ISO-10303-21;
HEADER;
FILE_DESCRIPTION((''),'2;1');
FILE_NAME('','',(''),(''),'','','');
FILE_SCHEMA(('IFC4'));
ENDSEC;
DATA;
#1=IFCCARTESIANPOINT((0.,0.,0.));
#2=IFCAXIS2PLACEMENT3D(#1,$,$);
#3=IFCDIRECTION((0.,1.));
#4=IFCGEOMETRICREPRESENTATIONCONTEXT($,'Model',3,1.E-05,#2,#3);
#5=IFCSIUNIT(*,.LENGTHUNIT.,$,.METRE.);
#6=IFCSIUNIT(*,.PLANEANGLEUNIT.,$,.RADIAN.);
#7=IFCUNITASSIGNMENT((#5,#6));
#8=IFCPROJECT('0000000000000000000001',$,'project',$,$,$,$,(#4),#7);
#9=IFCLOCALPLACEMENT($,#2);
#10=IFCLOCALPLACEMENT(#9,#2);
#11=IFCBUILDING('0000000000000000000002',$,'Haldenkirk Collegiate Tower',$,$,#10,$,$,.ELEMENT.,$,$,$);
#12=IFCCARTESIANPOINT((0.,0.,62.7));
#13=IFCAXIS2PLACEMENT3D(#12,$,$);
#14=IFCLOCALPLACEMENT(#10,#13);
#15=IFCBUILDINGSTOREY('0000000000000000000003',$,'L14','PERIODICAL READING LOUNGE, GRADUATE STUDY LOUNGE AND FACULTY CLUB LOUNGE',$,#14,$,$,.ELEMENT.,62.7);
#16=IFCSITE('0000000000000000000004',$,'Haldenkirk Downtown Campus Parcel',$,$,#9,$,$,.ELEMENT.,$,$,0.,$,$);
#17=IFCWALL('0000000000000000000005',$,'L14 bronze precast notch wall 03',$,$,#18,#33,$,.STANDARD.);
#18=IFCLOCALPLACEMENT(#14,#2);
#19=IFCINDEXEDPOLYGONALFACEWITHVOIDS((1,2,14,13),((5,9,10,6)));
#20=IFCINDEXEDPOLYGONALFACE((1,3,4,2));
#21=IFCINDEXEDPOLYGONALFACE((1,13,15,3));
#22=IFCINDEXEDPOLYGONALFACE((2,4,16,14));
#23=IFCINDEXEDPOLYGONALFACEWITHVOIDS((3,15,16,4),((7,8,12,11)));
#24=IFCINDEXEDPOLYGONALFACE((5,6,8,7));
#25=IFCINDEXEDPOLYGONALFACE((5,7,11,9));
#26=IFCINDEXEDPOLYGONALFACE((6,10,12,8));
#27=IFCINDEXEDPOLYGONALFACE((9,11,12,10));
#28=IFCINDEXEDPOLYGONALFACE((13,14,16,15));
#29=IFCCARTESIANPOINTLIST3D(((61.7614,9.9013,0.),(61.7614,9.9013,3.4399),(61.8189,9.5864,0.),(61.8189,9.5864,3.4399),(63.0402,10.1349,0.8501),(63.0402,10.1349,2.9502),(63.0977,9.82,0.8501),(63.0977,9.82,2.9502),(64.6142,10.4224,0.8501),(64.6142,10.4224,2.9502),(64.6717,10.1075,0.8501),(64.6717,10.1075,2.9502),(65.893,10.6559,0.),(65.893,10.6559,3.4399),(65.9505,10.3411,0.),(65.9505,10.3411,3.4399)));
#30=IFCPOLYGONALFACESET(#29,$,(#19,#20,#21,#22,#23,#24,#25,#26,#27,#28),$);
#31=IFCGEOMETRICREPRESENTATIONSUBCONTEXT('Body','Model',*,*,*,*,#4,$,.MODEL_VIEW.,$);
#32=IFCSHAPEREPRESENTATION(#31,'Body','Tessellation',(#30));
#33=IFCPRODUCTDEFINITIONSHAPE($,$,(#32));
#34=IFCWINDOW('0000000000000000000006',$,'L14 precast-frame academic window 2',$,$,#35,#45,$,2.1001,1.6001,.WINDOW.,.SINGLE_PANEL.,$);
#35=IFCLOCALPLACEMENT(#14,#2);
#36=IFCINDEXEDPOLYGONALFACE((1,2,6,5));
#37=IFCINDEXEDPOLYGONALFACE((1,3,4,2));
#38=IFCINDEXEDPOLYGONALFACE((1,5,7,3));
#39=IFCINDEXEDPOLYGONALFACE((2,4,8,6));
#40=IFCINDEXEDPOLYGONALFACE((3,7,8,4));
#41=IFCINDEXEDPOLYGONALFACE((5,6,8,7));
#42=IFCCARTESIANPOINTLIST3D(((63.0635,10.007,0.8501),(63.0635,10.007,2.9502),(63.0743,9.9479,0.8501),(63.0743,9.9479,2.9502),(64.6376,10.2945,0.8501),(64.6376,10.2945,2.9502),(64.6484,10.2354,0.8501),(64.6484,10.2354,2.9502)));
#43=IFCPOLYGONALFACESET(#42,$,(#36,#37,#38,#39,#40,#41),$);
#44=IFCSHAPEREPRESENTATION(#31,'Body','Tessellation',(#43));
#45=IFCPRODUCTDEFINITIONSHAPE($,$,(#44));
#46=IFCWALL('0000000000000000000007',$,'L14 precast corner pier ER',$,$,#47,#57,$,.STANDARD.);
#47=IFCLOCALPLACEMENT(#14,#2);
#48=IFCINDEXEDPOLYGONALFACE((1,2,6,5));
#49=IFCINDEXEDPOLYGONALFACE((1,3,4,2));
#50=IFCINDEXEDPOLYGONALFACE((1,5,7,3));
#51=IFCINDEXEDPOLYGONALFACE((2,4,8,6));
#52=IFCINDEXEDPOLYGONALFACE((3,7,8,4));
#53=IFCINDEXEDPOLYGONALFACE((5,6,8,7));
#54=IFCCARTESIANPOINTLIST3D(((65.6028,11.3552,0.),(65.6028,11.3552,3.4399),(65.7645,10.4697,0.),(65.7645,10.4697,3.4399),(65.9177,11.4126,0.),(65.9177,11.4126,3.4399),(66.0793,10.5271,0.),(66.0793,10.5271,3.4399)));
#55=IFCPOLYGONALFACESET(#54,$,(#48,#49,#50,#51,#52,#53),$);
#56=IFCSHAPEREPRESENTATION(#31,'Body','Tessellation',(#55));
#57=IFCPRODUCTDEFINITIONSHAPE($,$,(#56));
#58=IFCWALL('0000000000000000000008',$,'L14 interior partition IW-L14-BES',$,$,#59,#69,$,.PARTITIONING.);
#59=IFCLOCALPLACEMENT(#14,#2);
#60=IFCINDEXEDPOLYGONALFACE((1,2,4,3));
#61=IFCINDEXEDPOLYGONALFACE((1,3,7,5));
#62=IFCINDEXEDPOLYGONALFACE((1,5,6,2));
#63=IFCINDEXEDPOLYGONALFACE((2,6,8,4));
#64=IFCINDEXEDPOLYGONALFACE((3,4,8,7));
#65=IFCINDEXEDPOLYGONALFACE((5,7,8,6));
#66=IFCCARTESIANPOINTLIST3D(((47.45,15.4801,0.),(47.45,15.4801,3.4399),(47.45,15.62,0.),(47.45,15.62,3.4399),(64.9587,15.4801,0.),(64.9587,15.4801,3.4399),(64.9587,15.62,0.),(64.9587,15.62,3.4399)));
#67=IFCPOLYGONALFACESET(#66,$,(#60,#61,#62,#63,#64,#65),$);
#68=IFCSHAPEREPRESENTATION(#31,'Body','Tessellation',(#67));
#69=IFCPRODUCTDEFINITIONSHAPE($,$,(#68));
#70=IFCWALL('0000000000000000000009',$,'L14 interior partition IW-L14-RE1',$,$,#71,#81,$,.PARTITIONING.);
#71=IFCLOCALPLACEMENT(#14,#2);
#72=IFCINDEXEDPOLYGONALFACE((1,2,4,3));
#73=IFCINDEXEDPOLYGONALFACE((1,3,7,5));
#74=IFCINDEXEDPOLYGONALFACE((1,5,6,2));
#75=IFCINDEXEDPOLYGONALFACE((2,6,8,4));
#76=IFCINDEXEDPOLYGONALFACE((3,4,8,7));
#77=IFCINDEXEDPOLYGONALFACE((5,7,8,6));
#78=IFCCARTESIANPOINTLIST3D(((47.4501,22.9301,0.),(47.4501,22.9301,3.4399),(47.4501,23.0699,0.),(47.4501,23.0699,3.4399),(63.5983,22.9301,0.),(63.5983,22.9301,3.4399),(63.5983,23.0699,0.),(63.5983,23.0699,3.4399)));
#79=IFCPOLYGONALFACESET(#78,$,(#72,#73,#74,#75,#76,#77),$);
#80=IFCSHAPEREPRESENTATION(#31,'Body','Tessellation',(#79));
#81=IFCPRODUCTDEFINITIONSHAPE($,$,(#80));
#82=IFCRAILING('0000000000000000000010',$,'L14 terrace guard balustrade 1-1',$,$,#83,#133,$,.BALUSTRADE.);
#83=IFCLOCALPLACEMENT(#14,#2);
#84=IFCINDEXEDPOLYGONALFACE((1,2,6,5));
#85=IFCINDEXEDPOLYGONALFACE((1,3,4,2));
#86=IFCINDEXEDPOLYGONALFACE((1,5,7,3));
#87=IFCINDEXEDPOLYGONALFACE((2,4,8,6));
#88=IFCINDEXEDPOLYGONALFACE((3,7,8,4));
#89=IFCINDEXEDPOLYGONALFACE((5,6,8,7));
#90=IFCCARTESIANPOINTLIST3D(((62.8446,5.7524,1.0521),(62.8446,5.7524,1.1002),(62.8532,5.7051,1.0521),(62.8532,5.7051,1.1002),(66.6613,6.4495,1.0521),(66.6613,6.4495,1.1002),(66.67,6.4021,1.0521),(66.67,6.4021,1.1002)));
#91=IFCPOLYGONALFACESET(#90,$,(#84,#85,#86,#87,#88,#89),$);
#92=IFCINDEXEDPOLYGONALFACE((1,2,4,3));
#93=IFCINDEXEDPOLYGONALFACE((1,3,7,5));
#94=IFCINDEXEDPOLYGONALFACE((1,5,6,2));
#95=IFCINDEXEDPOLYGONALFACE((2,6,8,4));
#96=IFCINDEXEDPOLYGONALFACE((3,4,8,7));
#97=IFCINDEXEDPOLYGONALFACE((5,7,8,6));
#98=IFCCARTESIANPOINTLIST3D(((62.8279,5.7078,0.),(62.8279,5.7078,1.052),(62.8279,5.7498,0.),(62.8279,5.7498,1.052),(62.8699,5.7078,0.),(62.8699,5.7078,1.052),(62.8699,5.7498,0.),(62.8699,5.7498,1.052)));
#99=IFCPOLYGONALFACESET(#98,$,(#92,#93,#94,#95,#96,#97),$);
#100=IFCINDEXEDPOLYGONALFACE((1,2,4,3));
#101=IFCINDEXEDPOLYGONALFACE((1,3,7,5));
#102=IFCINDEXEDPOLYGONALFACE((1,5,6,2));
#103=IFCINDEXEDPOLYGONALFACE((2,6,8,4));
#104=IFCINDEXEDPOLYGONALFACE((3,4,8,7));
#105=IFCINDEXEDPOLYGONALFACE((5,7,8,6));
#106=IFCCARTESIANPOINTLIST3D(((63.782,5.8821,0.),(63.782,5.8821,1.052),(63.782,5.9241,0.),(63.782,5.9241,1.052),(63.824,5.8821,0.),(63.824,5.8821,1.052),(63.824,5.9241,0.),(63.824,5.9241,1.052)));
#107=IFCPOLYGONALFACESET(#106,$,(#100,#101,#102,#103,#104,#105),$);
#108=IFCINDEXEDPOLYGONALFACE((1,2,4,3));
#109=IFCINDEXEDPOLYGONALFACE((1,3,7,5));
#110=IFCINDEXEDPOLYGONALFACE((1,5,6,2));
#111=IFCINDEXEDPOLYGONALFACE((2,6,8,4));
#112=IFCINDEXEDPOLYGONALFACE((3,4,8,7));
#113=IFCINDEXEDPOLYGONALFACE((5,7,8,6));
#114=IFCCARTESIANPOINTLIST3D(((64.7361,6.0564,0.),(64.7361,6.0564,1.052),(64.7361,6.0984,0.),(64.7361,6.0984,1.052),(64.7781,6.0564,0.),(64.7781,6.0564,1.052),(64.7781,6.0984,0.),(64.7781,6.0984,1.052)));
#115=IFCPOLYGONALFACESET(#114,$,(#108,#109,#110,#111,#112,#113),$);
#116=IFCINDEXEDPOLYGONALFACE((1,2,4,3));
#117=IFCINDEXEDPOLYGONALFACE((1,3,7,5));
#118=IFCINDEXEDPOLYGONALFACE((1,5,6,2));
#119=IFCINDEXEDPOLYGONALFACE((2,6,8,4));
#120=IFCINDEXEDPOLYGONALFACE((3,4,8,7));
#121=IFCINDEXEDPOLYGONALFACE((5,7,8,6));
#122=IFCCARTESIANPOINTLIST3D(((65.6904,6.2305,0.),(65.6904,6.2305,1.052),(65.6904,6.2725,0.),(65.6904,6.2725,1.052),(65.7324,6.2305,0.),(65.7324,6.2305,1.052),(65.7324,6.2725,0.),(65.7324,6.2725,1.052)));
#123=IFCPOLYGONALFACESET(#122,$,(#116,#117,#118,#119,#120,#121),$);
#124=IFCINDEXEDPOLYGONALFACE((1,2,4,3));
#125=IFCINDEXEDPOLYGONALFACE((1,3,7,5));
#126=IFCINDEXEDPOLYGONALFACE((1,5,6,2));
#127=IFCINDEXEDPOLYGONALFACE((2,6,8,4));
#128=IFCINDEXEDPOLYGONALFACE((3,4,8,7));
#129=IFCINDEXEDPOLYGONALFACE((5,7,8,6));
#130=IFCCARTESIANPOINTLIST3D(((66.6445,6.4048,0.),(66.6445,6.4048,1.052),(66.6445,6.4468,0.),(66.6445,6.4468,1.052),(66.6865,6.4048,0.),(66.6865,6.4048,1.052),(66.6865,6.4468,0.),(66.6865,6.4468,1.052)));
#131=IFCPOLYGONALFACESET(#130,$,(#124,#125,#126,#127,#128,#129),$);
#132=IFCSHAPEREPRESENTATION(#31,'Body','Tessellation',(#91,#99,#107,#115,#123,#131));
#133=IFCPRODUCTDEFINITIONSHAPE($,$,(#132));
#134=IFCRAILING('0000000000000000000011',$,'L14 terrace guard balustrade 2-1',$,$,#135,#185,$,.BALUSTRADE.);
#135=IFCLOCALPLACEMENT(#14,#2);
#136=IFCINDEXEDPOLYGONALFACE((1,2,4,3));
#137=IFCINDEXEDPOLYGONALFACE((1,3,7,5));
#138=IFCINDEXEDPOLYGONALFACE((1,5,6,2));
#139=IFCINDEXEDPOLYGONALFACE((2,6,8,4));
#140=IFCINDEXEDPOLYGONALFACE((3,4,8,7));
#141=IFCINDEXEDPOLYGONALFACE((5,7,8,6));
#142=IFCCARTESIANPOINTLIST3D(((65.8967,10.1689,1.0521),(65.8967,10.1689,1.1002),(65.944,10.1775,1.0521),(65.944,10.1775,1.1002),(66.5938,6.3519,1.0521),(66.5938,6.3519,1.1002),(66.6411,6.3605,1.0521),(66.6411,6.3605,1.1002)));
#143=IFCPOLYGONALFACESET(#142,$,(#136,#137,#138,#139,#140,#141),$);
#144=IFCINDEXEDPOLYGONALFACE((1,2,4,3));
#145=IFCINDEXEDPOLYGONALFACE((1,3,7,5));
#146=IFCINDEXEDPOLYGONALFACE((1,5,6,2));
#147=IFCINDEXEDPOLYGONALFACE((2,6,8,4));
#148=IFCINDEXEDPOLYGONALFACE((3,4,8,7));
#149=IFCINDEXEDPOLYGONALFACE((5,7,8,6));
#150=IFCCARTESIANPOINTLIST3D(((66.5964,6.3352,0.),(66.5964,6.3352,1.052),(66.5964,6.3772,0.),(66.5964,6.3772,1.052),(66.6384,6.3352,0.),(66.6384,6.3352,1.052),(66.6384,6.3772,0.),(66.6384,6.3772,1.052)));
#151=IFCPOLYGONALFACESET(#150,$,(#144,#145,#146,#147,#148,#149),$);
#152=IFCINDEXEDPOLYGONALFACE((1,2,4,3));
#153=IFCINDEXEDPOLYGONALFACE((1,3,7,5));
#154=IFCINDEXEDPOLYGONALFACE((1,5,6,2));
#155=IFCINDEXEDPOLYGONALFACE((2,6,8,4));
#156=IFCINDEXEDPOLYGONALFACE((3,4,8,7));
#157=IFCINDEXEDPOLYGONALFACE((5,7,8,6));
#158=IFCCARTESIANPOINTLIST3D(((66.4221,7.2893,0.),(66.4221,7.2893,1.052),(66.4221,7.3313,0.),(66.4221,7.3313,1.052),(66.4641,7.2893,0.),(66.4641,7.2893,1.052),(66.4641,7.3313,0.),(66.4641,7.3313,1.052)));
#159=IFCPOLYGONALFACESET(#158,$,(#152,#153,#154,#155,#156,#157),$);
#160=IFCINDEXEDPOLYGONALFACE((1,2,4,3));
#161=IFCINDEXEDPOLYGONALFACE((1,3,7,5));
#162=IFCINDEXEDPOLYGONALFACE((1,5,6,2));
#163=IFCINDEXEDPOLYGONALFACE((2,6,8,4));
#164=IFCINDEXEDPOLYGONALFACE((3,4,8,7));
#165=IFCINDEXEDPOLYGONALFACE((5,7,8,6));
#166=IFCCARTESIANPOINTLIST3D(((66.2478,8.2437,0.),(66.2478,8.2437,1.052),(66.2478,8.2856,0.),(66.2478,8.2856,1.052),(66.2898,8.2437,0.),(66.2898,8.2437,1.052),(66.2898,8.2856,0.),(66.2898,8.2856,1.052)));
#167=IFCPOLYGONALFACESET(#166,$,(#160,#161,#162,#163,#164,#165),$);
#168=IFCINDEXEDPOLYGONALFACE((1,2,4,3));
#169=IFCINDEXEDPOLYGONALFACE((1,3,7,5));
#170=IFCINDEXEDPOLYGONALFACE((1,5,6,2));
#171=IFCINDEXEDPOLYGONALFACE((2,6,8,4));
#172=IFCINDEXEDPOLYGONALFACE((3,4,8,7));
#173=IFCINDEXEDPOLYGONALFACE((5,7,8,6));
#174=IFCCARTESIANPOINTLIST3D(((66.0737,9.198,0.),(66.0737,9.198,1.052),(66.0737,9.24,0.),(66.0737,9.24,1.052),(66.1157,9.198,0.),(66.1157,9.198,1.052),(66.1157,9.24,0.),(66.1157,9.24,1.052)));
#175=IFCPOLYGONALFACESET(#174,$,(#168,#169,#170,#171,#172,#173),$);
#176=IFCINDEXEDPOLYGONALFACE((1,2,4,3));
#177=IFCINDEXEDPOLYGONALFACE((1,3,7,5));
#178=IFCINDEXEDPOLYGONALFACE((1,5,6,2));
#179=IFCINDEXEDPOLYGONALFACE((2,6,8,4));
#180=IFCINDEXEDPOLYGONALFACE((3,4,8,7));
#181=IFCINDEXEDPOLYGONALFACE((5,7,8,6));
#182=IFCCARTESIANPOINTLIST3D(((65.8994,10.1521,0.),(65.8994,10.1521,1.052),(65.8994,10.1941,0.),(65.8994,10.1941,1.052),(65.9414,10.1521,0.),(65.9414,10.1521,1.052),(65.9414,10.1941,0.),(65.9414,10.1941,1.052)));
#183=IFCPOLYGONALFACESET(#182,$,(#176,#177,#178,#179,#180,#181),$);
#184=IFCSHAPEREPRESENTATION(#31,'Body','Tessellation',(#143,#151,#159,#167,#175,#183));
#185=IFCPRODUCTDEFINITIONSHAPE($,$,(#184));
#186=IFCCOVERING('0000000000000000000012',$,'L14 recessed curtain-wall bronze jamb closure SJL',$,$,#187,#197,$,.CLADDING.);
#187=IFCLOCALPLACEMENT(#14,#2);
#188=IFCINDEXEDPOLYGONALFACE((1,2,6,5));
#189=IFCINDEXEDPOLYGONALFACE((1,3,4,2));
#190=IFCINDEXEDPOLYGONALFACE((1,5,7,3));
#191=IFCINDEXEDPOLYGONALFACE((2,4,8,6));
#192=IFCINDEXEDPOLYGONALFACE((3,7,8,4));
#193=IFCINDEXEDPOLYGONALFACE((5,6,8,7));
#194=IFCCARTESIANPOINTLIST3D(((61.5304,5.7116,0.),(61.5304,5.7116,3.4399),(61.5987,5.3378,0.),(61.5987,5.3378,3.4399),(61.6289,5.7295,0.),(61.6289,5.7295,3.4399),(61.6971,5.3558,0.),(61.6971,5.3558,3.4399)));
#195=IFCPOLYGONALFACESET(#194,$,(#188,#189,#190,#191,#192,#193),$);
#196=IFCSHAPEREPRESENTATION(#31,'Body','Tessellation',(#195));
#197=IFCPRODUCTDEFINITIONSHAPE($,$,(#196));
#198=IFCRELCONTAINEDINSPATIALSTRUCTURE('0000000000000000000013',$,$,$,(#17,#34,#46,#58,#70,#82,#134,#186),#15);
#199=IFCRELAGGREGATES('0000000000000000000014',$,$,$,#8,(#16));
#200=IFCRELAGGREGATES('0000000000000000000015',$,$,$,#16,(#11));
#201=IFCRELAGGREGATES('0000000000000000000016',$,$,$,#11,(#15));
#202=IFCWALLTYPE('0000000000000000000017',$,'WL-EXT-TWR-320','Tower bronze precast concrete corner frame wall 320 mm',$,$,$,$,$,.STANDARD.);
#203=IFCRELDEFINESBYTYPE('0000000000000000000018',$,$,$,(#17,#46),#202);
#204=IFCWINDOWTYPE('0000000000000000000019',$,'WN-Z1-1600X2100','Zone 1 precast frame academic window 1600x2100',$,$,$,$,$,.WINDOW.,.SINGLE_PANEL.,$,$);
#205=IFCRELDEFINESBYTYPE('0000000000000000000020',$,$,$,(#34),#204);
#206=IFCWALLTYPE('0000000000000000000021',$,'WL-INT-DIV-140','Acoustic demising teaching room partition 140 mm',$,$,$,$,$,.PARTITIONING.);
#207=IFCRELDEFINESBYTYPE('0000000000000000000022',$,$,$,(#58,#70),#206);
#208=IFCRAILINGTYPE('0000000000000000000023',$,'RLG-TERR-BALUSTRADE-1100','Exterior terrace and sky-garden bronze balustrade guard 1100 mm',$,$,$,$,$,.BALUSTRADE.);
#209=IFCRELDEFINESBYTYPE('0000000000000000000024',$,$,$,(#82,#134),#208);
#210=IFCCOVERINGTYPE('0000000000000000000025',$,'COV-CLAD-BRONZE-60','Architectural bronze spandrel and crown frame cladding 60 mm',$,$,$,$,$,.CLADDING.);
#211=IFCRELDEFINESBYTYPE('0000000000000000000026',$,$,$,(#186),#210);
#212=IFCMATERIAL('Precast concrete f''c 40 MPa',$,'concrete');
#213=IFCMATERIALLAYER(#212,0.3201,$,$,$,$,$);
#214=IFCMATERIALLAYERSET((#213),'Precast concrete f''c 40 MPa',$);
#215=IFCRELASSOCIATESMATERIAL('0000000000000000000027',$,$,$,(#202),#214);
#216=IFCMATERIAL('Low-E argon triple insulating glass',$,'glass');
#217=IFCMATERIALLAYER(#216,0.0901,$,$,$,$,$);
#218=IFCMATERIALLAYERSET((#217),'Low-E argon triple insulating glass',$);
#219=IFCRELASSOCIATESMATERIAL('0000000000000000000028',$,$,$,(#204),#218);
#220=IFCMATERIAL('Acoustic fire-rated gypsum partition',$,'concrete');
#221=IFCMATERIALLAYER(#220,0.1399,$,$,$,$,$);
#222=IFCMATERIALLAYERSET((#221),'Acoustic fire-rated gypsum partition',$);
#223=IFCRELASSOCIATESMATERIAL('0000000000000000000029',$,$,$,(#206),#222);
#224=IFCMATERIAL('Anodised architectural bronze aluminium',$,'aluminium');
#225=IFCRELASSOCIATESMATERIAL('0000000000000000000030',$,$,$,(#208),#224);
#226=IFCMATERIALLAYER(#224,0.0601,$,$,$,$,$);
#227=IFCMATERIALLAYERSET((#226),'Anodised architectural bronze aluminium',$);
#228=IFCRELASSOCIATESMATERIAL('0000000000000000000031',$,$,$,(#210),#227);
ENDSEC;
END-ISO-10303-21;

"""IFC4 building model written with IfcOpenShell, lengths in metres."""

from ifc_helpers import new_model, si_unit, direction, frame, frame_2d, origin, origin_2d, place, context, subcontext, project, spatial, rectangle, extrude, source, transform, mapped, material, layer, layer_set, type_object, element, fill, save


model = new_model("IFC4")

# Units and contexts
model_context = context("Model", 3, precision=1e-05, world=origin(), true_north=direction((0.0, 1.0)))
body_context = subcontext(model_context, "Body", "Model", "MODEL_VIEW")
ifc_project = project(units=[si_unit("LENGTHUNIT", "METRE"), si_unit("PLANEANGLEUNIT", "RADIAN")], contexts=[model_context])

# Site, building, storey
site_placement = place(None, origin())
site = spatial("IfcSite", under=ifc_project, at=site_placement, Name="Haldenkirk Downtown Campus Parcel", CompositionType="ELEMENT", RefElevation=0.0)
building_placement = place(site_placement, origin())
building = spatial("IfcBuilding", under=site, at=building_placement, Name="Haldenkirk Collegiate Tower", CompositionType="ELEMENT")
storey_placement = place(building_placement, frame((0.0, 0.0, 62.7)))
storey = spatial("IfcBuildingStorey", under=building, at=storey_placement, Name="L14", Description="PERIODICAL READING LOUNGE, GRADUATE STUDY LOUNGE AND FACULTY CLUB LOUNGE", CompositionType="ELEMENT", Elevation=62.7)

# Shared definitions
ifc_material_1 = material(Name="Anodised architectural bronze aluminium", Category="aluminium")

# Shared definitions
ifc_material_2 = material(Name="Low-E argon triple insulating glass", Category="glass")

# Shared definitions
ifc_material_3 = material(Name="Precast concrete f'c 40 MPa", Category="concrete")
ifc_layer_1 = layer(ifc_material_3, 0.3201)
ifc_layer_set_1 = layer_set([ifc_layer_1], Name="Precast concrete f'c 40 MPa")
wall_type_1 = type_object("IfcWallType", Name="WL-EXT-TWR-320", Description="Tower bronze precast concrete corner frame wall 320 mm", PredefinedType="STANDARD", material=ifc_layer_set_1)

# Wall, opening, window
wall_1_placement = place(storey_placement, frame((65.9219, 10.4985, 0.0), z_axis=(0.0, 0.0, 1.0), x_axis=(-0.983725, -0.179678, 0.0)))
wall_1 = element("IfcWall", 1, at=wall_1_placement, inside=storey, type_object=wall_type_1, Name="L14 bronze precast notch wall 03", PredefinedType="STANDARD", context=body_context, shape_type="SweptSolid", body=[
    extrude(rectangle(XDim=4.2, YDim=0.3201, at=frame_2d((2.1001, 0.0))), origin(), (0.0, 0.0, 1.0), 3.4399),
])
opening_1_placement = place(wall_1_placement, frame((1.3, 0.0, 0.8501)))
opening_1 = element("IfcOpeningElement", 2, at=opening_1_placement, cuts=wall_1, PredefinedType="OPENING", context=body_context, shape_type="SweptSolid", body=[
    extrude(rectangle(XDim=1.6001, YDim=2.1001, at=frame_2d((0.8, 1.05))), frame((0.0, 0.1699, 0.0), z_axis=(0.0, -1.0, 0.0), x_axis=(1.0, 0.0, 0.0)), (0.0, 0.0, 1.0), 0.3401),
])
ifc_layer_2 = layer(ifc_material_2, 0.0901)
ifc_layer_set_2 = layer_set([ifc_layer_2], Name="Low-E argon triple insulating glass")
window_type = type_object("IfcWindowType", Name="WN-Z1-1600X2100", Description="Zone 1 precast frame academic window 1600x2100", PartitioningType="SINGLE_PANEL", PredefinedType="WINDOW", material=ifc_layer_set_2)
window_placement = place(opening_1_placement, origin())
window = element("IfcWindow", 3, at=window_placement, inside=storey, type_object=window_type, Name="L14 precast-frame academic window 2", OverallHeight=2.1001, OverallWidth=1.6001, PartitioningType="SINGLE_PANEL", PredefinedType="WINDOW", context=body_context, shape_type="SweptSolid", body=[
    extrude(rectangle(XDim=1.6001, YDim=2.1001, at=frame_2d((0.8, 1.05))), frame((0.0, 0.03, 0.0), z_axis=(0.0, -1.0, 0.0), x_axis=(1.0, 0.0, 0.0)), (0.0, 0.0, 1.0), 0.0601),
])
fill(opening_1, window)

# Walls
wall_2_placement = place(storey_placement, frame((65.7603, 11.384, 0.0), z_axis=(0.0, 0.0, 1.0), x_axis=(0.179554, -0.983748, 0.0)))
element("IfcWall", 4, at=wall_2_placement, inside=storey, type_object=wall_type_1, Name="L14 precast corner pier ER", PredefinedType="STANDARD", context=body_context, shape_type="SweptSolid", body=[
    extrude(rectangle(XDim=0.9001, YDim=0.3201, at=frame_2d((0.4502, 0.0))), origin(), (0.0, 0.0, 1.0), 3.4399),
])
ifc_material_4 = material(Name="Acoustic fire-rated gypsum partition", Category="concrete")
ifc_layer_3 = layer(ifc_material_4, 0.1399)
ifc_layer_set_3 = layer_set([ifc_layer_3], Name="Acoustic fire-rated gypsum partition")
wall_type_2 = type_object("IfcWallType", Name="WL-INT-DIV-140", Description="Acoustic demising teaching room partition 140 mm", PredefinedType="PARTITIONING", material=ifc_layer_set_3)
wall_3_placement = place(storey_placement, frame((47.45, 15.55, 0.0), z_axis=(0.0, 0.0, 1.0), x_axis=(1.0, 0.0, 0.0)))
element("IfcWall", 5, at=wall_3_placement, inside=storey, type_object=wall_type_2, Name="L14 interior partition IW-L14-BES", PredefinedType="PARTITIONING", context=body_context, shape_type="SweptSolid", body=[
    extrude(rectangle(XDim=17.5088, YDim=0.1399, at=frame_2d((8.7544, 0.0))), origin(), (0.0, 0.0, 1.0), 3.4399),
])
wall_4_placement = place(storey_placement, frame((47.45, 23.0, 0.0), z_axis=(0.0, 0.0, 1.0), x_axis=(1.0, 0.0, 0.0)))
element("IfcWall", 6, at=wall_4_placement, inside=storey, type_object=wall_type_2, Name="L14 interior partition IW-L14-RE1", PredefinedType="PARTITIONING", context=body_context, shape_type="SweptSolid", body=[
    extrude(rectangle(XDim=16.1482, YDim=0.1399, at=frame_2d((8.0742, 0.0))), origin(), (0.0, 0.0, 1.0), 3.4399),
])

# Railings
railing_type = type_object("IfcRailingType", Name="RLG-TERR-BALUSTRADE-1100", Description="Exterior terrace and sky-garden bronze balustrade guard 1100 mm", PredefinedType="BALUSTRADE", material=ifc_material_1)
railing_1_placement = place(storey_placement, frame((62.8489, 5.7288, 0.0)))
element("IfcRailing", 7, at=railing_1_placement, inside=storey, type_object=railing_type, Name="L14 terrace guard balustrade 1-1", PredefinedType="BALUSTRADE", context=body_context, shape_type="SweptSolid", body=[
    extrude(rectangle(XDim=0.0481, YDim=0.0481, at=origin_2d()), frame((0.0, 0.0, 1.0762), z_axis=(0.98373, 0.179655, 0.0), x_axis=(-0.179655, 0.98373, 0.0)), (0.0, 0.0, 1.0), 3.8799),
    extrude(rectangle(XDim=0.042, YDim=0.042, at=origin_2d()), origin(), (0.0, 0.0, 1.0), 1.052),
    extrude(rectangle(XDim=0.042, YDim=0.042, at=origin_2d()), frame((0.9541, 0.1743, 0.0)), (0.0, 0.0, 1.0), 1.052),
    extrude(rectangle(XDim=0.042, YDim=0.042, at=origin_2d()), frame((1.9082, 0.3486, 0.0)), (0.0, 0.0, 1.0), 1.052),
    extrude(rectangle(XDim=0.042, YDim=0.042, at=origin_2d()), frame((2.8625, 0.5227, 0.0)), (0.0, 0.0, 1.0), 1.052),
    extrude(rectangle(XDim=0.042, YDim=0.042, at=origin_2d()), frame((3.8167, 0.697, 0.0)), (0.0, 0.0, 1.0), 1.052),
])
railing_2_placement = place(storey_placement, frame((66.6174, 6.3562, 0.0)))
element("IfcRailing", 8, at=railing_2_placement, inside=storey, type_object=railing_type, Name="L14 terrace guard balustrade 2-1", PredefinedType="BALUSTRADE", context=body_context, shape_type="SweptSolid", body=[
    extrude(rectangle(XDim=0.0481, YDim=0.0481, at=origin_2d()), frame((0.0, 0.0, 1.0762), z_axis=(-0.179644, 0.983732, 0.0), x_axis=(-0.983732, -0.179644, 0.0)), (0.0, 0.0, 1.0), 3.8801),
    extrude(rectangle(XDim=0.042, YDim=0.042, at=origin_2d()), origin(), (0.0, 0.0, 1.0), 1.052),
    extrude(rectangle(XDim=0.042, YDim=0.042, at=origin_2d()), frame((-0.1743, 0.9541, 0.0)), (0.0, 0.0, 1.0), 1.052),
    extrude(rectangle(XDim=0.042, YDim=0.042, at=origin_2d()), frame((-0.3486, 1.9084, 0.0)), (0.0, 0.0, 1.0), 1.052),
    extrude(rectangle(XDim=0.042, YDim=0.042, at=origin_2d()), frame((-0.5227, 2.8628, 0.0)), (0.0, 0.0, 1.0), 1.052),
    extrude(rectangle(XDim=0.042, YDim=0.042, at=origin_2d()), frame((-0.697, 3.8169, 0.0)), (0.0, 0.0, 1.0), 1.052),
])

# Covering
ifc_layer_4 = layer(ifc_material_1, 0.0601)
ifc_layer_set_4 = layer_set([ifc_layer_4], Name="Anodised architectural bronze aluminium")
covering_type = type_object("IfcCoveringType", Name="COV-CLAD-BRONZE-60", Description="Architectural bronze spandrel and crown frame cladding 60 mm", PredefinedType="CLADDING", material=ifc_layer_set_4)
shared_shape_1 = source(origin(), body_context, "Body", "SweptSolid", [
    extrude(rectangle(XDim=0.1001, YDim=0.3799, at=origin_2d()), origin(), (0.0, 0.0, 1.0), 3.4399),
])
for number, where, z_axis, x_axis, name in (
    (9, (61.6138, 5.5337, 0.0), (0.0, 0.0, 1.0), (-0.983729, -0.179661, 0.0), "L14 recessed curtain-wall bronze jamb closure SJL"),
):
    element("IfcCovering", number, at=place(storey_placement, frame(where, z_axis=z_axis, x_axis=x_axis)), inside=storey, type_object=covering_type, Name=name, PredefinedType="CLADDING", context=body_context, shape_type="MappedRepresentation", body=[
        mapped(shared_shape_1, transform((0.0, 0.0, 0.0), x_axis=(1.0, 0.0, 0.0), y_axis=(0.0, 1.0, 0.0), z_axis=(0.0, 0.0, 1.0), scale=1.0)),
    ])

save(model, "model.ifc")
